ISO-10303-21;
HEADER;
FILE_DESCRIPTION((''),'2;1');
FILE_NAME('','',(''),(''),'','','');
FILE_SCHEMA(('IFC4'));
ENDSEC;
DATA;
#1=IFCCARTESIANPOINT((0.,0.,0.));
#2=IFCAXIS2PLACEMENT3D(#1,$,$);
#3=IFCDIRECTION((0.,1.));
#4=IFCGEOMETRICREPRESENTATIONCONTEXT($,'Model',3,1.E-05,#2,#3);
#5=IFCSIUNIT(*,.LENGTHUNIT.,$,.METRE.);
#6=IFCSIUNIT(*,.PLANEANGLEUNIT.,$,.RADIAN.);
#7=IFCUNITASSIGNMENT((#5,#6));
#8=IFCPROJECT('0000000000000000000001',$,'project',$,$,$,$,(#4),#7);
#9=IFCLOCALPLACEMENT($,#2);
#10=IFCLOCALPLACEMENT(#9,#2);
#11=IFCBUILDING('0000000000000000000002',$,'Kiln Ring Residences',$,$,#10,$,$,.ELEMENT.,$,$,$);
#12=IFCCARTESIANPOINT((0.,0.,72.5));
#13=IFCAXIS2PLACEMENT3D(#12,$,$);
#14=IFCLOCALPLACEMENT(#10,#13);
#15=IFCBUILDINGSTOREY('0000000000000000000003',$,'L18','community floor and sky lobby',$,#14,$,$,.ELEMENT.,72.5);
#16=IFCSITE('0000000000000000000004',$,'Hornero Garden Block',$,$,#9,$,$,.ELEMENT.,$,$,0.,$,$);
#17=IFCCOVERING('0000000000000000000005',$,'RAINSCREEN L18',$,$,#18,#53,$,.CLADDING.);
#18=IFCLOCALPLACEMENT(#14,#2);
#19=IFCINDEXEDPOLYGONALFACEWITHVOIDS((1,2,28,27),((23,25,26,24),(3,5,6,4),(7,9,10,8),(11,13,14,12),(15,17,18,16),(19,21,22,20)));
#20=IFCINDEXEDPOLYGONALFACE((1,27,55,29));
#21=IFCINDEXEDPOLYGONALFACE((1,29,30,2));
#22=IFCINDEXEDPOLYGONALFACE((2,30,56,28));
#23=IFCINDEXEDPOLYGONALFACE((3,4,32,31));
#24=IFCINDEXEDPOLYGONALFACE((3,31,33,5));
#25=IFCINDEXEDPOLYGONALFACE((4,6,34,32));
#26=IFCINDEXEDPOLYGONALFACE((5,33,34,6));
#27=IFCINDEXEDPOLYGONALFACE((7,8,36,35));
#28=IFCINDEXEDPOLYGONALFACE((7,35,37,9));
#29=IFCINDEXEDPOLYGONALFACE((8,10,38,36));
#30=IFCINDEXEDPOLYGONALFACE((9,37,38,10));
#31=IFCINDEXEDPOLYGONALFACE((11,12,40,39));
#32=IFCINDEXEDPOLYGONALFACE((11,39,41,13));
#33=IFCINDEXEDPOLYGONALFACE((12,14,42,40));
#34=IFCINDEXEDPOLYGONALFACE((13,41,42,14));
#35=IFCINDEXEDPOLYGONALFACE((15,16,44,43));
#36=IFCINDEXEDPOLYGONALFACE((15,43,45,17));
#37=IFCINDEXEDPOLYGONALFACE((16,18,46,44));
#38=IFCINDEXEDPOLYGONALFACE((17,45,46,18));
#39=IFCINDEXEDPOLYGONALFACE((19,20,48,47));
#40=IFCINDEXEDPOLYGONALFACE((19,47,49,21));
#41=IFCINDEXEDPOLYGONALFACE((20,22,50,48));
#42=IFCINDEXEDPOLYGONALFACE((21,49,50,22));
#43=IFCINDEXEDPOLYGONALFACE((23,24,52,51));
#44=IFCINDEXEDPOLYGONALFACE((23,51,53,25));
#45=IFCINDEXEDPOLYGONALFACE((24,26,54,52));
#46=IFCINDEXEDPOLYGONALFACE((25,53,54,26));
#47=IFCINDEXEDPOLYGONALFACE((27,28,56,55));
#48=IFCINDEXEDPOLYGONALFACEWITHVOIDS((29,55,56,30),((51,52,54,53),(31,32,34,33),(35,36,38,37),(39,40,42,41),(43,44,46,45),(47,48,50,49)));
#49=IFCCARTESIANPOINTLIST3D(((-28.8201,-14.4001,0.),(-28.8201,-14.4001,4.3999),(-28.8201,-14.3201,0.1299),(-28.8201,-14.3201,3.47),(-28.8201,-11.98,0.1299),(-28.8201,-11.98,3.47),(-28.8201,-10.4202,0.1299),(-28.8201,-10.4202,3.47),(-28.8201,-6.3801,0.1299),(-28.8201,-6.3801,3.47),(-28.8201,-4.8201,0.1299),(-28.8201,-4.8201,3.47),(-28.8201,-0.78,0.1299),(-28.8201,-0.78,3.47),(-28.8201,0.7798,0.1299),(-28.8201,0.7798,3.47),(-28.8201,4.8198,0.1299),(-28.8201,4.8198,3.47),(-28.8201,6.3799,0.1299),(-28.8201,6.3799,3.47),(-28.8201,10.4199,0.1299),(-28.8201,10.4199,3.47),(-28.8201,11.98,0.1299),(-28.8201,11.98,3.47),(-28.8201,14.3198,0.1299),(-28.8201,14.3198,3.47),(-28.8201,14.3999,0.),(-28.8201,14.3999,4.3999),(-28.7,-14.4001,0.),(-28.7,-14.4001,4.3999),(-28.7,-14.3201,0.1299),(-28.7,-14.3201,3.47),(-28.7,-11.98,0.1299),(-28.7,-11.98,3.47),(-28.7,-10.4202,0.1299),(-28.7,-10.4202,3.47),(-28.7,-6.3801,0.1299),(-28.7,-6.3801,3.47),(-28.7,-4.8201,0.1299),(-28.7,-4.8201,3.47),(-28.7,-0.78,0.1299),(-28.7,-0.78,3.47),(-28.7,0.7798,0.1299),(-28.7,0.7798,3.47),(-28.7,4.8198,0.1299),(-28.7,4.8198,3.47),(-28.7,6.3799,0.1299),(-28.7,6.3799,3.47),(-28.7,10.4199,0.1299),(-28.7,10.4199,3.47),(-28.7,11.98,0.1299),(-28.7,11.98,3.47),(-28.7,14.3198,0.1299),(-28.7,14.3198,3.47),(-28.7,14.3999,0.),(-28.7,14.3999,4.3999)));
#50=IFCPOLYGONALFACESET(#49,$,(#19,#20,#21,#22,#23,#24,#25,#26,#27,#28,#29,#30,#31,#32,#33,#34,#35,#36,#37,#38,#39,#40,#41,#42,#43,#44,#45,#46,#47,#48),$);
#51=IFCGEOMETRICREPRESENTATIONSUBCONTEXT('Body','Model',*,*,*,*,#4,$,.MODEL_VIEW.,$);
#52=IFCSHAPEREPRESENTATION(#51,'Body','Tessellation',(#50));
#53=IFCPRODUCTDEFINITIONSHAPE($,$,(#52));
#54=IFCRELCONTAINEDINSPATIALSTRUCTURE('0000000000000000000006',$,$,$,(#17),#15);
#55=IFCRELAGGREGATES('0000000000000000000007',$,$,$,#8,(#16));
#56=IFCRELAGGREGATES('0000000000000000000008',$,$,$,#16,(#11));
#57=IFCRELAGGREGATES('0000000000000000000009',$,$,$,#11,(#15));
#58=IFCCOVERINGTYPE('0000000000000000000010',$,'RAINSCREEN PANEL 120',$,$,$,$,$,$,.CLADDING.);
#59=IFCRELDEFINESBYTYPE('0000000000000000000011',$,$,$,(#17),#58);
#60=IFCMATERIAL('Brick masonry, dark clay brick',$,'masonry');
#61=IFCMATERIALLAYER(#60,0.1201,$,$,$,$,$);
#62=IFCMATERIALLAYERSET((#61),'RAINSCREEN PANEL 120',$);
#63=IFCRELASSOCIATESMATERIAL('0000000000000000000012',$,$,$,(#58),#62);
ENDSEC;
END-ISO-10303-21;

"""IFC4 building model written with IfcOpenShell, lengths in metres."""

from ifc_helpers import new_model, si_unit, direction, frame, origin, place, context, subcontext, project, spatial, polyline, outline, extrude, material, layer, layer_set, type_object, element, save


model = new_model("IFC4")

# Units and contexts
model_context = context("Model", 3, precision=1e-05, world=origin(), true_north=direction((0.0, 1.0)))
body_context = subcontext(model_context, "Body", "Model", "MODEL_VIEW")
ifc_project = project(units=[si_unit("LENGTHUNIT", "METRE"), si_unit("PLANEANGLEUNIT", "RADIAN")], contexts=[model_context])

# Site, building, storey
site_placement = place(None, origin())
site = spatial("IfcSite", under=ifc_project, at=site_placement, Name="Hornero Garden Block", CompositionType="ELEMENT", RefElevation=0.0)
building_placement = place(site_placement, origin())
building = spatial("IfcBuilding", under=site, at=building_placement, Name="Kiln Ring Residences", CompositionType="ELEMENT")
storey_placement = place(building_placement, frame((0.0, 0.0, 72.5)))
storey = spatial("IfcBuildingStorey", under=building, at=storey_placement, Name="L18", Description="community floor and sky lobby", CompositionType="ELEMENT", Elevation=72.5)

# Covering
ifc_material_1 = material(Name="Brick masonry, dark clay brick", Category="masonry")
ifc_layer_1 = layer(ifc_material_1, 0.1201)
ifc_layer_set_1 = layer_set([ifc_layer_1], Name="RAINSCREEN PANEL 120")
covering_type = type_object("IfcCoveringType", Name="RAINSCREEN PANEL 120", PredefinedType="CLADDING", material=ifc_layer_set_1)
covering_1_placement = place(storey_placement, frame((-28.76, 14.3999, 0.0), z_axis=(0.0, 0.0, 1.0), x_axis=(0.0, -1.0, 0.0)))
element("IfcCovering", 1, at=covering_1_placement, inside=storey, type_object=covering_type, Name="RAINSCREEN L18", PredefinedType="CLADDING", context=body_context, shape_type="SweptSolid", body=[
    extrude(outline(polyline([(0.0, 0.0), (28.8, 0.0), (28.8, 4.3999), (0.0, 4.3999), (0.0, 0.0)]), holes=[polyline([(2.4199, 0.1299), (2.4199, 3.47), (0.0801, 3.47), (0.0801, 0.1299), (2.4199, 0.1299)]), polyline([(3.98, 0.1299), (8.02, 0.1299), (8.02, 3.47), (3.98, 3.47), (3.98, 0.1299)]), polyline([(9.5801, 0.1299), (13.6201, 0.1299), (13.6201, 3.47), (9.5801, 3.47), (9.5801, 0.1299)]), polyline([(19.22, 0.1299), (19.22, 3.47), (15.1799, 3.47), (15.1799, 0.1299), (19.22, 0.1299)]), polyline([(20.78, 0.1299), (24.8201, 0.1299), (24.8201, 3.47), (20.78, 3.47), (20.78, 0.1299)]), polyline([(26.3799, 0.1299), (28.72, 0.1299), (28.72, 3.47), (26.3799, 3.47), (26.3799, 0.1299)])]), frame((0.0, 0.0601, 0.0), z_axis=(0.0, -1.0, 0.0), x_axis=(1.0, 0.0, 0.0)), (0.0, 0.0, 1.0), 0.1201),
])

save(model, "model.ifc")
